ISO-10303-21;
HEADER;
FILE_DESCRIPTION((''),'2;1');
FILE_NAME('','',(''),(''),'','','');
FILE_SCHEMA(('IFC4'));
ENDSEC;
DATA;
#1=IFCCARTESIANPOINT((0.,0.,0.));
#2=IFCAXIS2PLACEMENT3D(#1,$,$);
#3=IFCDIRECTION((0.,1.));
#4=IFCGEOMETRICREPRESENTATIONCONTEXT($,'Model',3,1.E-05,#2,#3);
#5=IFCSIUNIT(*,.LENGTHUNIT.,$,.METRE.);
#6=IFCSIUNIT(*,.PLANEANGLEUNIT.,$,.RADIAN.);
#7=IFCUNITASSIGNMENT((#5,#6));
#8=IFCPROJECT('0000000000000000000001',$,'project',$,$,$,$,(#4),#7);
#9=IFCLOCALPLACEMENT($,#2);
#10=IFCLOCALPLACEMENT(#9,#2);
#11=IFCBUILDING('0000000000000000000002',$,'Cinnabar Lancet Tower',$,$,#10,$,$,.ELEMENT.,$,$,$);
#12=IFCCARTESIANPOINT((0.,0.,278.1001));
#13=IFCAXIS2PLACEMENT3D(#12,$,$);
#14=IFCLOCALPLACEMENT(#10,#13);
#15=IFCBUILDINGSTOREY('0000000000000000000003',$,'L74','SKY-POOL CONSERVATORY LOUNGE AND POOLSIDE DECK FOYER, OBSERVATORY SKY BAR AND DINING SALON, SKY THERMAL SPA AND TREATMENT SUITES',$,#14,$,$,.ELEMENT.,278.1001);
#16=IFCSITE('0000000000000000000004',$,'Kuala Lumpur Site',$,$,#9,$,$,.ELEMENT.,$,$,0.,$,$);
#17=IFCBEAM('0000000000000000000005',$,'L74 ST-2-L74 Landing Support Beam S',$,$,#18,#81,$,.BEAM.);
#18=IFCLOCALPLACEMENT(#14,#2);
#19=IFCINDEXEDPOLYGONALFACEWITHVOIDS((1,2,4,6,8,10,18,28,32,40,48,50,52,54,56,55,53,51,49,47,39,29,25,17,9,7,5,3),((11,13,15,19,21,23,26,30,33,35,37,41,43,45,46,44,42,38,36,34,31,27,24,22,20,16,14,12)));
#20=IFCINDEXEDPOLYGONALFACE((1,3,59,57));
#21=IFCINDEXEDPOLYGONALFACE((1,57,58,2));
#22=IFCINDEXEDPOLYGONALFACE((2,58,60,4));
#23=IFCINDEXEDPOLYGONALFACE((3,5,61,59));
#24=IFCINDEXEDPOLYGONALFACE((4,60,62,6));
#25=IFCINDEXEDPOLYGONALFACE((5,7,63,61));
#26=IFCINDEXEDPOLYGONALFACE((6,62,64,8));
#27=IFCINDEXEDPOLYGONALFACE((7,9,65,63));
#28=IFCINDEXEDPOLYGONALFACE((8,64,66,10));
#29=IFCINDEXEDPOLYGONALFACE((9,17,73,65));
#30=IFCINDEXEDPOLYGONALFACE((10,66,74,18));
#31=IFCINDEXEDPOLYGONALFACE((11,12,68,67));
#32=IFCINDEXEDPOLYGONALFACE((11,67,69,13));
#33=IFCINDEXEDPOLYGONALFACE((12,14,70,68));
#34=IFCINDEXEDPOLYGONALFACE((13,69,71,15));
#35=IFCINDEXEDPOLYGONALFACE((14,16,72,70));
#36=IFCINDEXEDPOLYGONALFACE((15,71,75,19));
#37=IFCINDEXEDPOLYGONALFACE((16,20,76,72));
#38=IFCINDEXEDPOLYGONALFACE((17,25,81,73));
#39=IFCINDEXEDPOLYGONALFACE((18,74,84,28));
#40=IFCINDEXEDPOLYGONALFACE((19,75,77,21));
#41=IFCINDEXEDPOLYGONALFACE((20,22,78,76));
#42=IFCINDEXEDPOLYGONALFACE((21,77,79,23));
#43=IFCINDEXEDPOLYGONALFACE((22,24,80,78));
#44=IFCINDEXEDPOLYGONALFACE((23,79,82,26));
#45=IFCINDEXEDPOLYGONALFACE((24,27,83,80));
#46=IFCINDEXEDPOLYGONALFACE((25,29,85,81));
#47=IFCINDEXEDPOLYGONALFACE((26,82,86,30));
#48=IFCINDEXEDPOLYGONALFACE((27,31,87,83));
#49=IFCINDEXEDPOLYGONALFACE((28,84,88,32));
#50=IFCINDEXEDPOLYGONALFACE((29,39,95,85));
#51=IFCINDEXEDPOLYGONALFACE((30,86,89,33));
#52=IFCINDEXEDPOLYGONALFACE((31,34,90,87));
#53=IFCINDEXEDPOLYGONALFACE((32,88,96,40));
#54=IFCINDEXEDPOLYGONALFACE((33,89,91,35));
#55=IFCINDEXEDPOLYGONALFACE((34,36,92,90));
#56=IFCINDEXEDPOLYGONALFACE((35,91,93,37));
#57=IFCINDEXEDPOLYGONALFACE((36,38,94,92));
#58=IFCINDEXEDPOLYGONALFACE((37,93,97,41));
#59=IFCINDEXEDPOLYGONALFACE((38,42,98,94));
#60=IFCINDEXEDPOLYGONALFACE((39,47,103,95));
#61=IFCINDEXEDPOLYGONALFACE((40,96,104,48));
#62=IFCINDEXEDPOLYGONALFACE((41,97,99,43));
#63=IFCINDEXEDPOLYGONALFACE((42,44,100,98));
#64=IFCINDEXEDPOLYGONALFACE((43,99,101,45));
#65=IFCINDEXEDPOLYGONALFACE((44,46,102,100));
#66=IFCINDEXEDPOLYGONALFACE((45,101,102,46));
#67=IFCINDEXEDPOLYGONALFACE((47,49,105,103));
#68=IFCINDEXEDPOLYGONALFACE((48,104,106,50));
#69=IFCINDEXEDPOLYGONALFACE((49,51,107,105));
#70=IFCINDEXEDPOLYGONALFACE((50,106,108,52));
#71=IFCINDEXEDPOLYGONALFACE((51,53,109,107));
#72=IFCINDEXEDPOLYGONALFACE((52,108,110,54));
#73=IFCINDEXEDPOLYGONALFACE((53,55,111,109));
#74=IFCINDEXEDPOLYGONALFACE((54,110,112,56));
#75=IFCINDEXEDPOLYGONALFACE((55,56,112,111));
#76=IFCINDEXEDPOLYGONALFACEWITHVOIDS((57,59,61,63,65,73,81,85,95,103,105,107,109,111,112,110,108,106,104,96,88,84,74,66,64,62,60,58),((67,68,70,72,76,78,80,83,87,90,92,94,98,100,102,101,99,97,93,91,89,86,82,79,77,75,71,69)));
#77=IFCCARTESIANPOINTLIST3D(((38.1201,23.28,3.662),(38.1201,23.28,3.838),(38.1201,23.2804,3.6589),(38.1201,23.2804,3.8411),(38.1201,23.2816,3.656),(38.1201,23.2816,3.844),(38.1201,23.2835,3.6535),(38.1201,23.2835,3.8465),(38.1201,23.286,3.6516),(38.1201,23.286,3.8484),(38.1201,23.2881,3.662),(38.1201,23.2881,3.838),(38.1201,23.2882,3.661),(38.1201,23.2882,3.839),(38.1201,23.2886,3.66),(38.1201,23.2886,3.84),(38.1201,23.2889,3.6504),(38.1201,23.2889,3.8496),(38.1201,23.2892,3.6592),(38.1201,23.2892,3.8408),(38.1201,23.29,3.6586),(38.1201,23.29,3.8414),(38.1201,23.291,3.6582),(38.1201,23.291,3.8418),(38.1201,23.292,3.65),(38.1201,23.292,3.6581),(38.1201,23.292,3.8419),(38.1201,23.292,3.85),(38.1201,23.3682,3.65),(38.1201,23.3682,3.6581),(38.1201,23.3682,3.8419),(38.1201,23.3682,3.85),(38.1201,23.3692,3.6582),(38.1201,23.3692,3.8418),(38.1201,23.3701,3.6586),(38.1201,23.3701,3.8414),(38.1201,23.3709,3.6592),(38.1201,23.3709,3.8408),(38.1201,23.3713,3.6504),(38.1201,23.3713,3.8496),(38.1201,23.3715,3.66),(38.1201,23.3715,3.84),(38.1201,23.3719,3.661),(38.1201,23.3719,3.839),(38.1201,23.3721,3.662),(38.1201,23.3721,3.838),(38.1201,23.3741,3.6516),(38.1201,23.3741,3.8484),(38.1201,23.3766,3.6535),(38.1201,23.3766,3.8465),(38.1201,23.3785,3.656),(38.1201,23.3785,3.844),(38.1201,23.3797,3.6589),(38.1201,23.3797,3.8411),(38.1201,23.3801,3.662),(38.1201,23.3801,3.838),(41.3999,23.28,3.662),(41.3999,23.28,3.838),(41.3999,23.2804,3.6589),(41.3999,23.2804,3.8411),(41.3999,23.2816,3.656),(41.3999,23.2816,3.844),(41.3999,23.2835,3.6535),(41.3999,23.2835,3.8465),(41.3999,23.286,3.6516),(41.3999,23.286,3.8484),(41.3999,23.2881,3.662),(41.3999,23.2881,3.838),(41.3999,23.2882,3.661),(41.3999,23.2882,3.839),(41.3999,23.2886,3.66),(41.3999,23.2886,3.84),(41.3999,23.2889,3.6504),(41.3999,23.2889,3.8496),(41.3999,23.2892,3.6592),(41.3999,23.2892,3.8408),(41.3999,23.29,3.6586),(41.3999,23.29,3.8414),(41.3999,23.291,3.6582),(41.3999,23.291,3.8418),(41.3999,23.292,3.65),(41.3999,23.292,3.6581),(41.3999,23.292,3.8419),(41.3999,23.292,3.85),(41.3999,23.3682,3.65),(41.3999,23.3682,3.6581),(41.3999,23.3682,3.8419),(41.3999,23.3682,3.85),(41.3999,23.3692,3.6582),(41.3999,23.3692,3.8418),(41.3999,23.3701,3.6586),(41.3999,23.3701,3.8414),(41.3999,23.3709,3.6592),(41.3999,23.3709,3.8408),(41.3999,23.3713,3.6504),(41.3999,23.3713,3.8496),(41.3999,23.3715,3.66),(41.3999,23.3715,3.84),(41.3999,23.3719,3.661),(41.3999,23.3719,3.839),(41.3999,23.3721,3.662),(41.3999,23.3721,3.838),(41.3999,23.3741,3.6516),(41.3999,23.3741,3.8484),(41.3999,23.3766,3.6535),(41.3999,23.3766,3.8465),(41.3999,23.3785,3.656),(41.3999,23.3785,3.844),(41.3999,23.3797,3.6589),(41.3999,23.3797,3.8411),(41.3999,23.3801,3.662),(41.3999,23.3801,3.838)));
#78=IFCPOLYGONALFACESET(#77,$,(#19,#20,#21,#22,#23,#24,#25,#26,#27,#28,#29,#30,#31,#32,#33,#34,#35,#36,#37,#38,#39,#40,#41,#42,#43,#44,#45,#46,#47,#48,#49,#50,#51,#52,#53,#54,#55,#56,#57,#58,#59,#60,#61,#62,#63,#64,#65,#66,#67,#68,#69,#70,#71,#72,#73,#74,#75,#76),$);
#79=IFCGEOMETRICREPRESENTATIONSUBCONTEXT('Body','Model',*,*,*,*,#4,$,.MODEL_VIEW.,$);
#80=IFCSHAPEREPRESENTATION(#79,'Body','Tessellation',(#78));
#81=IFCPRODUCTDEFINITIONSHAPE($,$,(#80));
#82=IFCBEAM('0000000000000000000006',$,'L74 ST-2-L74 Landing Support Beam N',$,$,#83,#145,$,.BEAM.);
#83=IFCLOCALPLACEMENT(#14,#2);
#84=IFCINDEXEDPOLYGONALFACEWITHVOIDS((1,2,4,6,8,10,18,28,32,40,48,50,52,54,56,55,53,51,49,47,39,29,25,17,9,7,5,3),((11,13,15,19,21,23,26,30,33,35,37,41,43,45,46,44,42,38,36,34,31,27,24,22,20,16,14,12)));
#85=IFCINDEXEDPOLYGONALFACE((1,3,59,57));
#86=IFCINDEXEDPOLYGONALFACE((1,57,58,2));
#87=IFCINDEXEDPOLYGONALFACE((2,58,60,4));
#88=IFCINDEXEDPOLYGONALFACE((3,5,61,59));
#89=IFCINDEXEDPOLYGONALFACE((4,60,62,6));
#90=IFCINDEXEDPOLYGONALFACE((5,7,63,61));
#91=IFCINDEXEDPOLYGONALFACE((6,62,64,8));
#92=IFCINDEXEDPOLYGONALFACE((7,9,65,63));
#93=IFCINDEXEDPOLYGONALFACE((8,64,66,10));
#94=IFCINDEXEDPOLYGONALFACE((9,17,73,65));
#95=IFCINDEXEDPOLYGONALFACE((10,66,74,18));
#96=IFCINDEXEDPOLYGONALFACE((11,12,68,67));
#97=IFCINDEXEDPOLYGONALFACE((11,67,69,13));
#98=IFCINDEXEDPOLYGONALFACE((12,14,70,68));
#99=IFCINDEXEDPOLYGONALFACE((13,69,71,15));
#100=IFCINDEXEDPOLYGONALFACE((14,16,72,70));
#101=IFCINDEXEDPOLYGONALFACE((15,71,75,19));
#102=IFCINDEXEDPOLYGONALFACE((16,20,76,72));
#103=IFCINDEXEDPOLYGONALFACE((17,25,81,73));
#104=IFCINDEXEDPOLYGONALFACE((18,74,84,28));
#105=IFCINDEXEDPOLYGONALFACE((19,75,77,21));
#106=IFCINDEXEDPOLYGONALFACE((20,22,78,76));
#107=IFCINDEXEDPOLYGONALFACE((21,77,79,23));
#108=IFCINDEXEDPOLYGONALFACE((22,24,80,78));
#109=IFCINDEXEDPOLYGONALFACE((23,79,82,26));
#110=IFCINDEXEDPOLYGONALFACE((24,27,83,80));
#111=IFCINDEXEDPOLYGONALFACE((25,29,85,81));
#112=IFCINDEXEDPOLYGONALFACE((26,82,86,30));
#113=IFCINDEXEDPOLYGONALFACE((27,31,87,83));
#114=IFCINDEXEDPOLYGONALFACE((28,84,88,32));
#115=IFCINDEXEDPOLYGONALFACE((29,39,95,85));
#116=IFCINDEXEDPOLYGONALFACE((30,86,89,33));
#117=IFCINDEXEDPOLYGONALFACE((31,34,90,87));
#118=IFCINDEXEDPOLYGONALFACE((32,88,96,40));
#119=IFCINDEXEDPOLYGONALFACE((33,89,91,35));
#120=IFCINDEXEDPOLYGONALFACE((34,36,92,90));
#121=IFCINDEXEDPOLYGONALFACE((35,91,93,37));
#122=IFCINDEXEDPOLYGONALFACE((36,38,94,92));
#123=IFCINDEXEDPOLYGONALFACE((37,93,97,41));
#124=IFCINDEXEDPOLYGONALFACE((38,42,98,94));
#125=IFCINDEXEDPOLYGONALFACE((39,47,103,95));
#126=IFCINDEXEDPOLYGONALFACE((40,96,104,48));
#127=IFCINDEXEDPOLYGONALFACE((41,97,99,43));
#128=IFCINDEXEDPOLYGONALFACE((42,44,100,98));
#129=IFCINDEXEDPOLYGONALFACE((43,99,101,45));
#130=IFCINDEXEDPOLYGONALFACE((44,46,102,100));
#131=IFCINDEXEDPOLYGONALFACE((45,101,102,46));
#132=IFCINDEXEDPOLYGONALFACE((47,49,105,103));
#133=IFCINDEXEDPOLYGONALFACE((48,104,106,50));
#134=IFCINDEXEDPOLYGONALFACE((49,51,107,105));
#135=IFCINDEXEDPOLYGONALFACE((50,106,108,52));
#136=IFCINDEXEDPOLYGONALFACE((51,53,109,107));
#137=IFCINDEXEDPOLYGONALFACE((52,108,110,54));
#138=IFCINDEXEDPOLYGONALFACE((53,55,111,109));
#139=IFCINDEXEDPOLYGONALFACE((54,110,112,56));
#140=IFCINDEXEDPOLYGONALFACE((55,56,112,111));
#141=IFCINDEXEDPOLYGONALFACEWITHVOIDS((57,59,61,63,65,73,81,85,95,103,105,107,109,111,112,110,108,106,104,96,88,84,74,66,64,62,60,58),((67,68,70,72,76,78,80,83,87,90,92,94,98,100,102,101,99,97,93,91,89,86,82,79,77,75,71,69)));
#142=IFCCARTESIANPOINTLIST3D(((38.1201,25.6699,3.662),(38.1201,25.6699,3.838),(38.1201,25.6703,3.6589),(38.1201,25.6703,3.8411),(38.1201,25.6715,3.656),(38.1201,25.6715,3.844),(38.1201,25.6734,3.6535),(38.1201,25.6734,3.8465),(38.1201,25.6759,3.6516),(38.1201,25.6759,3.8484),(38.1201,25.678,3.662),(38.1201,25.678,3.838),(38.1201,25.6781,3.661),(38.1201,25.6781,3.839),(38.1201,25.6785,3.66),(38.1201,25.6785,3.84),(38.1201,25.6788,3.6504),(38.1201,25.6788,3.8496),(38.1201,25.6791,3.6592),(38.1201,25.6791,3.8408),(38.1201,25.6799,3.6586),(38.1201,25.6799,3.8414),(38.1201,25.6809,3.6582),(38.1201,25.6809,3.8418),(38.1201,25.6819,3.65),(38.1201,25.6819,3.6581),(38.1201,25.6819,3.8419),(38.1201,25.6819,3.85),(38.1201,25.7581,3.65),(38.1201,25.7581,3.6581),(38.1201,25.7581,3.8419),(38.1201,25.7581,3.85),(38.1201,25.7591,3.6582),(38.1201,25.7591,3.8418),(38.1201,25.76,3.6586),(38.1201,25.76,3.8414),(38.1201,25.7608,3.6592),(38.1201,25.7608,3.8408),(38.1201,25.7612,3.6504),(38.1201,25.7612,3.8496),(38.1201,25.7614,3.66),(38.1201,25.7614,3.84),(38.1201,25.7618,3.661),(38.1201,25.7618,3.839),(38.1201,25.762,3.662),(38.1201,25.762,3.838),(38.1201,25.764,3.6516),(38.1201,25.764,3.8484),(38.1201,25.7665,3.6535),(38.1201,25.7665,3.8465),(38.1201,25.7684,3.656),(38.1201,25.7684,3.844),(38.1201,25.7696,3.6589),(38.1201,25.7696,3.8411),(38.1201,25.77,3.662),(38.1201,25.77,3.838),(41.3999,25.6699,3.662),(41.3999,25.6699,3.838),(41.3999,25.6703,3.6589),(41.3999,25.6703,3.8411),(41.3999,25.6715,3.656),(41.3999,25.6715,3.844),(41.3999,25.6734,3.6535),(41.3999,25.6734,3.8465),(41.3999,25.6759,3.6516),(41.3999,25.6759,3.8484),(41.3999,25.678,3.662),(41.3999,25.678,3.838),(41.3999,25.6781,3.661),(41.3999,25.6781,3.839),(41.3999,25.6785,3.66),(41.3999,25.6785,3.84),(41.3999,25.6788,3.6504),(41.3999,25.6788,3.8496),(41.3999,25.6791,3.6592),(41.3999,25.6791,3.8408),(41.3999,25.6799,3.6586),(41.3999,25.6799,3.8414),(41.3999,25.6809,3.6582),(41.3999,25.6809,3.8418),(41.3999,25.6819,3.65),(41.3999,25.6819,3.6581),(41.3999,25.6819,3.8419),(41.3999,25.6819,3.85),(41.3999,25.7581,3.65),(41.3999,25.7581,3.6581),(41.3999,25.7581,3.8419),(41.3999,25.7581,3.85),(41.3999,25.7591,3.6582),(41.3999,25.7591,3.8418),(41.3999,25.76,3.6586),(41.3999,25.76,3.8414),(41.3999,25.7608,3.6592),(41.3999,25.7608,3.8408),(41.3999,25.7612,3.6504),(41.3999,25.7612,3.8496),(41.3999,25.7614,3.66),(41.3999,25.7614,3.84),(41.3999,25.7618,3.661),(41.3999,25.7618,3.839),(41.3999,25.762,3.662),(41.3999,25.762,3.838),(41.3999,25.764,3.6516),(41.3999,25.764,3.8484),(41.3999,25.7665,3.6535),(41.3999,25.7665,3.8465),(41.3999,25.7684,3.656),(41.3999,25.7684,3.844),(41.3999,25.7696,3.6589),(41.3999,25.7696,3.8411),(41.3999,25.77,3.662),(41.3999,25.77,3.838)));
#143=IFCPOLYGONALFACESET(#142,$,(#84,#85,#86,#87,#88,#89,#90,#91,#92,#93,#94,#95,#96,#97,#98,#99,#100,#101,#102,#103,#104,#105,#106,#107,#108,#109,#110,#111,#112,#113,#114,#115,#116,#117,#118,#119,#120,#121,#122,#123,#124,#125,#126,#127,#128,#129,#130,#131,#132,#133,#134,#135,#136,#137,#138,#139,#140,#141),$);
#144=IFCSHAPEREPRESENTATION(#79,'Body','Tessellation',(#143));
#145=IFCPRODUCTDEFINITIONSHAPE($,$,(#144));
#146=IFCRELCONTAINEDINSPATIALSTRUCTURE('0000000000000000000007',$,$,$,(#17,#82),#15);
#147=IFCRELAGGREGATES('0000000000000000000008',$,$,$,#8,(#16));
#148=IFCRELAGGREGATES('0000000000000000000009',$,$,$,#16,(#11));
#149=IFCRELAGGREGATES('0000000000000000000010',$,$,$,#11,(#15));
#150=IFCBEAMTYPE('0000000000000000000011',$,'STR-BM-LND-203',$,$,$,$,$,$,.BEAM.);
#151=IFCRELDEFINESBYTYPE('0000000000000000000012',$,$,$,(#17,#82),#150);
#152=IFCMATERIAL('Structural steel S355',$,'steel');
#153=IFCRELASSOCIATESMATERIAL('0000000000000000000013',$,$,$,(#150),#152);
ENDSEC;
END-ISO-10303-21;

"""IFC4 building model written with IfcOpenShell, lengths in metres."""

from ifc_helpers import new_model, si_unit, direction, frame, origin, origin_2d, place, context, subcontext, project, spatial, hollow_rectangle, extrude, material, material_profile, profile_set, type_object, element, save


model = new_model("IFC4")

# Units and contexts
model_context = context("Model", 3, precision=1e-05, world=origin(), true_north=direction((0.0, 1.0)))
body_context = subcontext(model_context, "Body", "Model", "MODEL_VIEW")
ifc_project = project(units=[si_unit("LENGTHUNIT", "METRE"), si_unit("PLANEANGLEUNIT", "RADIAN")], contexts=[model_context])

# Site, building, storey
site_placement = place(None, origin())
site = spatial("IfcSite", under=ifc_project, at=site_placement, Name="Kuala Lumpur Site", CompositionType="ELEMENT", RefElevation=0.0)
building_placement = place(site_placement, origin())
building = spatial("IfcBuilding", under=site, at=building_placement, Name="Cinnabar Lancet Tower", CompositionType="ELEMENT")
storey_placement = place(building_placement, frame((0.0, 0.0, 278.1001)))
storey = spatial("IfcBuildingStorey", under=building, at=storey_placement, Name="L74", Description="SKY-POOL CONSERVATORY LOUNGE AND POOLSIDE DECK FOYER, OBSERVATORY SKY BAR AND DINING SALON, SKY THERMAL SPA AND TREATMENT SUITES", CompositionType="ELEMENT", Elevation=278.1001)

# Beams
ifc_material_1 = material(Name="Structural steel S355", Category="steel")
ifc_material_profile_1 = material_profile(ifc_material_1, hollow_rectangle(XDim=0.1001, YDim=0.2, WallThickness=0.0081, InnerFilletRadius=0.0039, OuterFilletRadius=0.012, at=origin_2d()), Name="RHS 200x100x8")
ifc_profile_set_1 = profile_set([ifc_material_profile_1], Name="Structural steel S355")
beam_type_1 = type_object("IfcBeamType", Name="STR-BM-LND-203", PredefinedType="BEAM", material=ifc_profile_set_1)
for number, where, z_axis, x_axis, name in (
    (1, (38.1201, 23.3301, 3.75), (1.0, 0.0, 0.0), (0.0, 1.0, 0.0), "L74 ST-2-L74 Landing Support Beam S"),
    (2, (38.1201, 25.72, 3.75), (1.0, 0.0, 0.0), (0.0, 1.0, 0.0), "L74 ST-2-L74 Landing Support Beam N"),
):
    element("IfcBeam", number, at=place(storey_placement, frame(where, z_axis=z_axis, x_axis=x_axis)), inside=storey, type_object=beam_type_1, Name=name, PredefinedType="BEAM", context=body_context, shape_type="SweptSolid", body=[
        extrude(hollow_rectangle(XDim=0.1001, YDim=0.2, WallThickness=0.0081, InnerFilletRadius=0.0039, OuterFilletRadius=0.012, at=origin_2d()), origin(), (0.0, 0.0, 1.0), 3.2798),
    ])

save(model, "model.ifc")
